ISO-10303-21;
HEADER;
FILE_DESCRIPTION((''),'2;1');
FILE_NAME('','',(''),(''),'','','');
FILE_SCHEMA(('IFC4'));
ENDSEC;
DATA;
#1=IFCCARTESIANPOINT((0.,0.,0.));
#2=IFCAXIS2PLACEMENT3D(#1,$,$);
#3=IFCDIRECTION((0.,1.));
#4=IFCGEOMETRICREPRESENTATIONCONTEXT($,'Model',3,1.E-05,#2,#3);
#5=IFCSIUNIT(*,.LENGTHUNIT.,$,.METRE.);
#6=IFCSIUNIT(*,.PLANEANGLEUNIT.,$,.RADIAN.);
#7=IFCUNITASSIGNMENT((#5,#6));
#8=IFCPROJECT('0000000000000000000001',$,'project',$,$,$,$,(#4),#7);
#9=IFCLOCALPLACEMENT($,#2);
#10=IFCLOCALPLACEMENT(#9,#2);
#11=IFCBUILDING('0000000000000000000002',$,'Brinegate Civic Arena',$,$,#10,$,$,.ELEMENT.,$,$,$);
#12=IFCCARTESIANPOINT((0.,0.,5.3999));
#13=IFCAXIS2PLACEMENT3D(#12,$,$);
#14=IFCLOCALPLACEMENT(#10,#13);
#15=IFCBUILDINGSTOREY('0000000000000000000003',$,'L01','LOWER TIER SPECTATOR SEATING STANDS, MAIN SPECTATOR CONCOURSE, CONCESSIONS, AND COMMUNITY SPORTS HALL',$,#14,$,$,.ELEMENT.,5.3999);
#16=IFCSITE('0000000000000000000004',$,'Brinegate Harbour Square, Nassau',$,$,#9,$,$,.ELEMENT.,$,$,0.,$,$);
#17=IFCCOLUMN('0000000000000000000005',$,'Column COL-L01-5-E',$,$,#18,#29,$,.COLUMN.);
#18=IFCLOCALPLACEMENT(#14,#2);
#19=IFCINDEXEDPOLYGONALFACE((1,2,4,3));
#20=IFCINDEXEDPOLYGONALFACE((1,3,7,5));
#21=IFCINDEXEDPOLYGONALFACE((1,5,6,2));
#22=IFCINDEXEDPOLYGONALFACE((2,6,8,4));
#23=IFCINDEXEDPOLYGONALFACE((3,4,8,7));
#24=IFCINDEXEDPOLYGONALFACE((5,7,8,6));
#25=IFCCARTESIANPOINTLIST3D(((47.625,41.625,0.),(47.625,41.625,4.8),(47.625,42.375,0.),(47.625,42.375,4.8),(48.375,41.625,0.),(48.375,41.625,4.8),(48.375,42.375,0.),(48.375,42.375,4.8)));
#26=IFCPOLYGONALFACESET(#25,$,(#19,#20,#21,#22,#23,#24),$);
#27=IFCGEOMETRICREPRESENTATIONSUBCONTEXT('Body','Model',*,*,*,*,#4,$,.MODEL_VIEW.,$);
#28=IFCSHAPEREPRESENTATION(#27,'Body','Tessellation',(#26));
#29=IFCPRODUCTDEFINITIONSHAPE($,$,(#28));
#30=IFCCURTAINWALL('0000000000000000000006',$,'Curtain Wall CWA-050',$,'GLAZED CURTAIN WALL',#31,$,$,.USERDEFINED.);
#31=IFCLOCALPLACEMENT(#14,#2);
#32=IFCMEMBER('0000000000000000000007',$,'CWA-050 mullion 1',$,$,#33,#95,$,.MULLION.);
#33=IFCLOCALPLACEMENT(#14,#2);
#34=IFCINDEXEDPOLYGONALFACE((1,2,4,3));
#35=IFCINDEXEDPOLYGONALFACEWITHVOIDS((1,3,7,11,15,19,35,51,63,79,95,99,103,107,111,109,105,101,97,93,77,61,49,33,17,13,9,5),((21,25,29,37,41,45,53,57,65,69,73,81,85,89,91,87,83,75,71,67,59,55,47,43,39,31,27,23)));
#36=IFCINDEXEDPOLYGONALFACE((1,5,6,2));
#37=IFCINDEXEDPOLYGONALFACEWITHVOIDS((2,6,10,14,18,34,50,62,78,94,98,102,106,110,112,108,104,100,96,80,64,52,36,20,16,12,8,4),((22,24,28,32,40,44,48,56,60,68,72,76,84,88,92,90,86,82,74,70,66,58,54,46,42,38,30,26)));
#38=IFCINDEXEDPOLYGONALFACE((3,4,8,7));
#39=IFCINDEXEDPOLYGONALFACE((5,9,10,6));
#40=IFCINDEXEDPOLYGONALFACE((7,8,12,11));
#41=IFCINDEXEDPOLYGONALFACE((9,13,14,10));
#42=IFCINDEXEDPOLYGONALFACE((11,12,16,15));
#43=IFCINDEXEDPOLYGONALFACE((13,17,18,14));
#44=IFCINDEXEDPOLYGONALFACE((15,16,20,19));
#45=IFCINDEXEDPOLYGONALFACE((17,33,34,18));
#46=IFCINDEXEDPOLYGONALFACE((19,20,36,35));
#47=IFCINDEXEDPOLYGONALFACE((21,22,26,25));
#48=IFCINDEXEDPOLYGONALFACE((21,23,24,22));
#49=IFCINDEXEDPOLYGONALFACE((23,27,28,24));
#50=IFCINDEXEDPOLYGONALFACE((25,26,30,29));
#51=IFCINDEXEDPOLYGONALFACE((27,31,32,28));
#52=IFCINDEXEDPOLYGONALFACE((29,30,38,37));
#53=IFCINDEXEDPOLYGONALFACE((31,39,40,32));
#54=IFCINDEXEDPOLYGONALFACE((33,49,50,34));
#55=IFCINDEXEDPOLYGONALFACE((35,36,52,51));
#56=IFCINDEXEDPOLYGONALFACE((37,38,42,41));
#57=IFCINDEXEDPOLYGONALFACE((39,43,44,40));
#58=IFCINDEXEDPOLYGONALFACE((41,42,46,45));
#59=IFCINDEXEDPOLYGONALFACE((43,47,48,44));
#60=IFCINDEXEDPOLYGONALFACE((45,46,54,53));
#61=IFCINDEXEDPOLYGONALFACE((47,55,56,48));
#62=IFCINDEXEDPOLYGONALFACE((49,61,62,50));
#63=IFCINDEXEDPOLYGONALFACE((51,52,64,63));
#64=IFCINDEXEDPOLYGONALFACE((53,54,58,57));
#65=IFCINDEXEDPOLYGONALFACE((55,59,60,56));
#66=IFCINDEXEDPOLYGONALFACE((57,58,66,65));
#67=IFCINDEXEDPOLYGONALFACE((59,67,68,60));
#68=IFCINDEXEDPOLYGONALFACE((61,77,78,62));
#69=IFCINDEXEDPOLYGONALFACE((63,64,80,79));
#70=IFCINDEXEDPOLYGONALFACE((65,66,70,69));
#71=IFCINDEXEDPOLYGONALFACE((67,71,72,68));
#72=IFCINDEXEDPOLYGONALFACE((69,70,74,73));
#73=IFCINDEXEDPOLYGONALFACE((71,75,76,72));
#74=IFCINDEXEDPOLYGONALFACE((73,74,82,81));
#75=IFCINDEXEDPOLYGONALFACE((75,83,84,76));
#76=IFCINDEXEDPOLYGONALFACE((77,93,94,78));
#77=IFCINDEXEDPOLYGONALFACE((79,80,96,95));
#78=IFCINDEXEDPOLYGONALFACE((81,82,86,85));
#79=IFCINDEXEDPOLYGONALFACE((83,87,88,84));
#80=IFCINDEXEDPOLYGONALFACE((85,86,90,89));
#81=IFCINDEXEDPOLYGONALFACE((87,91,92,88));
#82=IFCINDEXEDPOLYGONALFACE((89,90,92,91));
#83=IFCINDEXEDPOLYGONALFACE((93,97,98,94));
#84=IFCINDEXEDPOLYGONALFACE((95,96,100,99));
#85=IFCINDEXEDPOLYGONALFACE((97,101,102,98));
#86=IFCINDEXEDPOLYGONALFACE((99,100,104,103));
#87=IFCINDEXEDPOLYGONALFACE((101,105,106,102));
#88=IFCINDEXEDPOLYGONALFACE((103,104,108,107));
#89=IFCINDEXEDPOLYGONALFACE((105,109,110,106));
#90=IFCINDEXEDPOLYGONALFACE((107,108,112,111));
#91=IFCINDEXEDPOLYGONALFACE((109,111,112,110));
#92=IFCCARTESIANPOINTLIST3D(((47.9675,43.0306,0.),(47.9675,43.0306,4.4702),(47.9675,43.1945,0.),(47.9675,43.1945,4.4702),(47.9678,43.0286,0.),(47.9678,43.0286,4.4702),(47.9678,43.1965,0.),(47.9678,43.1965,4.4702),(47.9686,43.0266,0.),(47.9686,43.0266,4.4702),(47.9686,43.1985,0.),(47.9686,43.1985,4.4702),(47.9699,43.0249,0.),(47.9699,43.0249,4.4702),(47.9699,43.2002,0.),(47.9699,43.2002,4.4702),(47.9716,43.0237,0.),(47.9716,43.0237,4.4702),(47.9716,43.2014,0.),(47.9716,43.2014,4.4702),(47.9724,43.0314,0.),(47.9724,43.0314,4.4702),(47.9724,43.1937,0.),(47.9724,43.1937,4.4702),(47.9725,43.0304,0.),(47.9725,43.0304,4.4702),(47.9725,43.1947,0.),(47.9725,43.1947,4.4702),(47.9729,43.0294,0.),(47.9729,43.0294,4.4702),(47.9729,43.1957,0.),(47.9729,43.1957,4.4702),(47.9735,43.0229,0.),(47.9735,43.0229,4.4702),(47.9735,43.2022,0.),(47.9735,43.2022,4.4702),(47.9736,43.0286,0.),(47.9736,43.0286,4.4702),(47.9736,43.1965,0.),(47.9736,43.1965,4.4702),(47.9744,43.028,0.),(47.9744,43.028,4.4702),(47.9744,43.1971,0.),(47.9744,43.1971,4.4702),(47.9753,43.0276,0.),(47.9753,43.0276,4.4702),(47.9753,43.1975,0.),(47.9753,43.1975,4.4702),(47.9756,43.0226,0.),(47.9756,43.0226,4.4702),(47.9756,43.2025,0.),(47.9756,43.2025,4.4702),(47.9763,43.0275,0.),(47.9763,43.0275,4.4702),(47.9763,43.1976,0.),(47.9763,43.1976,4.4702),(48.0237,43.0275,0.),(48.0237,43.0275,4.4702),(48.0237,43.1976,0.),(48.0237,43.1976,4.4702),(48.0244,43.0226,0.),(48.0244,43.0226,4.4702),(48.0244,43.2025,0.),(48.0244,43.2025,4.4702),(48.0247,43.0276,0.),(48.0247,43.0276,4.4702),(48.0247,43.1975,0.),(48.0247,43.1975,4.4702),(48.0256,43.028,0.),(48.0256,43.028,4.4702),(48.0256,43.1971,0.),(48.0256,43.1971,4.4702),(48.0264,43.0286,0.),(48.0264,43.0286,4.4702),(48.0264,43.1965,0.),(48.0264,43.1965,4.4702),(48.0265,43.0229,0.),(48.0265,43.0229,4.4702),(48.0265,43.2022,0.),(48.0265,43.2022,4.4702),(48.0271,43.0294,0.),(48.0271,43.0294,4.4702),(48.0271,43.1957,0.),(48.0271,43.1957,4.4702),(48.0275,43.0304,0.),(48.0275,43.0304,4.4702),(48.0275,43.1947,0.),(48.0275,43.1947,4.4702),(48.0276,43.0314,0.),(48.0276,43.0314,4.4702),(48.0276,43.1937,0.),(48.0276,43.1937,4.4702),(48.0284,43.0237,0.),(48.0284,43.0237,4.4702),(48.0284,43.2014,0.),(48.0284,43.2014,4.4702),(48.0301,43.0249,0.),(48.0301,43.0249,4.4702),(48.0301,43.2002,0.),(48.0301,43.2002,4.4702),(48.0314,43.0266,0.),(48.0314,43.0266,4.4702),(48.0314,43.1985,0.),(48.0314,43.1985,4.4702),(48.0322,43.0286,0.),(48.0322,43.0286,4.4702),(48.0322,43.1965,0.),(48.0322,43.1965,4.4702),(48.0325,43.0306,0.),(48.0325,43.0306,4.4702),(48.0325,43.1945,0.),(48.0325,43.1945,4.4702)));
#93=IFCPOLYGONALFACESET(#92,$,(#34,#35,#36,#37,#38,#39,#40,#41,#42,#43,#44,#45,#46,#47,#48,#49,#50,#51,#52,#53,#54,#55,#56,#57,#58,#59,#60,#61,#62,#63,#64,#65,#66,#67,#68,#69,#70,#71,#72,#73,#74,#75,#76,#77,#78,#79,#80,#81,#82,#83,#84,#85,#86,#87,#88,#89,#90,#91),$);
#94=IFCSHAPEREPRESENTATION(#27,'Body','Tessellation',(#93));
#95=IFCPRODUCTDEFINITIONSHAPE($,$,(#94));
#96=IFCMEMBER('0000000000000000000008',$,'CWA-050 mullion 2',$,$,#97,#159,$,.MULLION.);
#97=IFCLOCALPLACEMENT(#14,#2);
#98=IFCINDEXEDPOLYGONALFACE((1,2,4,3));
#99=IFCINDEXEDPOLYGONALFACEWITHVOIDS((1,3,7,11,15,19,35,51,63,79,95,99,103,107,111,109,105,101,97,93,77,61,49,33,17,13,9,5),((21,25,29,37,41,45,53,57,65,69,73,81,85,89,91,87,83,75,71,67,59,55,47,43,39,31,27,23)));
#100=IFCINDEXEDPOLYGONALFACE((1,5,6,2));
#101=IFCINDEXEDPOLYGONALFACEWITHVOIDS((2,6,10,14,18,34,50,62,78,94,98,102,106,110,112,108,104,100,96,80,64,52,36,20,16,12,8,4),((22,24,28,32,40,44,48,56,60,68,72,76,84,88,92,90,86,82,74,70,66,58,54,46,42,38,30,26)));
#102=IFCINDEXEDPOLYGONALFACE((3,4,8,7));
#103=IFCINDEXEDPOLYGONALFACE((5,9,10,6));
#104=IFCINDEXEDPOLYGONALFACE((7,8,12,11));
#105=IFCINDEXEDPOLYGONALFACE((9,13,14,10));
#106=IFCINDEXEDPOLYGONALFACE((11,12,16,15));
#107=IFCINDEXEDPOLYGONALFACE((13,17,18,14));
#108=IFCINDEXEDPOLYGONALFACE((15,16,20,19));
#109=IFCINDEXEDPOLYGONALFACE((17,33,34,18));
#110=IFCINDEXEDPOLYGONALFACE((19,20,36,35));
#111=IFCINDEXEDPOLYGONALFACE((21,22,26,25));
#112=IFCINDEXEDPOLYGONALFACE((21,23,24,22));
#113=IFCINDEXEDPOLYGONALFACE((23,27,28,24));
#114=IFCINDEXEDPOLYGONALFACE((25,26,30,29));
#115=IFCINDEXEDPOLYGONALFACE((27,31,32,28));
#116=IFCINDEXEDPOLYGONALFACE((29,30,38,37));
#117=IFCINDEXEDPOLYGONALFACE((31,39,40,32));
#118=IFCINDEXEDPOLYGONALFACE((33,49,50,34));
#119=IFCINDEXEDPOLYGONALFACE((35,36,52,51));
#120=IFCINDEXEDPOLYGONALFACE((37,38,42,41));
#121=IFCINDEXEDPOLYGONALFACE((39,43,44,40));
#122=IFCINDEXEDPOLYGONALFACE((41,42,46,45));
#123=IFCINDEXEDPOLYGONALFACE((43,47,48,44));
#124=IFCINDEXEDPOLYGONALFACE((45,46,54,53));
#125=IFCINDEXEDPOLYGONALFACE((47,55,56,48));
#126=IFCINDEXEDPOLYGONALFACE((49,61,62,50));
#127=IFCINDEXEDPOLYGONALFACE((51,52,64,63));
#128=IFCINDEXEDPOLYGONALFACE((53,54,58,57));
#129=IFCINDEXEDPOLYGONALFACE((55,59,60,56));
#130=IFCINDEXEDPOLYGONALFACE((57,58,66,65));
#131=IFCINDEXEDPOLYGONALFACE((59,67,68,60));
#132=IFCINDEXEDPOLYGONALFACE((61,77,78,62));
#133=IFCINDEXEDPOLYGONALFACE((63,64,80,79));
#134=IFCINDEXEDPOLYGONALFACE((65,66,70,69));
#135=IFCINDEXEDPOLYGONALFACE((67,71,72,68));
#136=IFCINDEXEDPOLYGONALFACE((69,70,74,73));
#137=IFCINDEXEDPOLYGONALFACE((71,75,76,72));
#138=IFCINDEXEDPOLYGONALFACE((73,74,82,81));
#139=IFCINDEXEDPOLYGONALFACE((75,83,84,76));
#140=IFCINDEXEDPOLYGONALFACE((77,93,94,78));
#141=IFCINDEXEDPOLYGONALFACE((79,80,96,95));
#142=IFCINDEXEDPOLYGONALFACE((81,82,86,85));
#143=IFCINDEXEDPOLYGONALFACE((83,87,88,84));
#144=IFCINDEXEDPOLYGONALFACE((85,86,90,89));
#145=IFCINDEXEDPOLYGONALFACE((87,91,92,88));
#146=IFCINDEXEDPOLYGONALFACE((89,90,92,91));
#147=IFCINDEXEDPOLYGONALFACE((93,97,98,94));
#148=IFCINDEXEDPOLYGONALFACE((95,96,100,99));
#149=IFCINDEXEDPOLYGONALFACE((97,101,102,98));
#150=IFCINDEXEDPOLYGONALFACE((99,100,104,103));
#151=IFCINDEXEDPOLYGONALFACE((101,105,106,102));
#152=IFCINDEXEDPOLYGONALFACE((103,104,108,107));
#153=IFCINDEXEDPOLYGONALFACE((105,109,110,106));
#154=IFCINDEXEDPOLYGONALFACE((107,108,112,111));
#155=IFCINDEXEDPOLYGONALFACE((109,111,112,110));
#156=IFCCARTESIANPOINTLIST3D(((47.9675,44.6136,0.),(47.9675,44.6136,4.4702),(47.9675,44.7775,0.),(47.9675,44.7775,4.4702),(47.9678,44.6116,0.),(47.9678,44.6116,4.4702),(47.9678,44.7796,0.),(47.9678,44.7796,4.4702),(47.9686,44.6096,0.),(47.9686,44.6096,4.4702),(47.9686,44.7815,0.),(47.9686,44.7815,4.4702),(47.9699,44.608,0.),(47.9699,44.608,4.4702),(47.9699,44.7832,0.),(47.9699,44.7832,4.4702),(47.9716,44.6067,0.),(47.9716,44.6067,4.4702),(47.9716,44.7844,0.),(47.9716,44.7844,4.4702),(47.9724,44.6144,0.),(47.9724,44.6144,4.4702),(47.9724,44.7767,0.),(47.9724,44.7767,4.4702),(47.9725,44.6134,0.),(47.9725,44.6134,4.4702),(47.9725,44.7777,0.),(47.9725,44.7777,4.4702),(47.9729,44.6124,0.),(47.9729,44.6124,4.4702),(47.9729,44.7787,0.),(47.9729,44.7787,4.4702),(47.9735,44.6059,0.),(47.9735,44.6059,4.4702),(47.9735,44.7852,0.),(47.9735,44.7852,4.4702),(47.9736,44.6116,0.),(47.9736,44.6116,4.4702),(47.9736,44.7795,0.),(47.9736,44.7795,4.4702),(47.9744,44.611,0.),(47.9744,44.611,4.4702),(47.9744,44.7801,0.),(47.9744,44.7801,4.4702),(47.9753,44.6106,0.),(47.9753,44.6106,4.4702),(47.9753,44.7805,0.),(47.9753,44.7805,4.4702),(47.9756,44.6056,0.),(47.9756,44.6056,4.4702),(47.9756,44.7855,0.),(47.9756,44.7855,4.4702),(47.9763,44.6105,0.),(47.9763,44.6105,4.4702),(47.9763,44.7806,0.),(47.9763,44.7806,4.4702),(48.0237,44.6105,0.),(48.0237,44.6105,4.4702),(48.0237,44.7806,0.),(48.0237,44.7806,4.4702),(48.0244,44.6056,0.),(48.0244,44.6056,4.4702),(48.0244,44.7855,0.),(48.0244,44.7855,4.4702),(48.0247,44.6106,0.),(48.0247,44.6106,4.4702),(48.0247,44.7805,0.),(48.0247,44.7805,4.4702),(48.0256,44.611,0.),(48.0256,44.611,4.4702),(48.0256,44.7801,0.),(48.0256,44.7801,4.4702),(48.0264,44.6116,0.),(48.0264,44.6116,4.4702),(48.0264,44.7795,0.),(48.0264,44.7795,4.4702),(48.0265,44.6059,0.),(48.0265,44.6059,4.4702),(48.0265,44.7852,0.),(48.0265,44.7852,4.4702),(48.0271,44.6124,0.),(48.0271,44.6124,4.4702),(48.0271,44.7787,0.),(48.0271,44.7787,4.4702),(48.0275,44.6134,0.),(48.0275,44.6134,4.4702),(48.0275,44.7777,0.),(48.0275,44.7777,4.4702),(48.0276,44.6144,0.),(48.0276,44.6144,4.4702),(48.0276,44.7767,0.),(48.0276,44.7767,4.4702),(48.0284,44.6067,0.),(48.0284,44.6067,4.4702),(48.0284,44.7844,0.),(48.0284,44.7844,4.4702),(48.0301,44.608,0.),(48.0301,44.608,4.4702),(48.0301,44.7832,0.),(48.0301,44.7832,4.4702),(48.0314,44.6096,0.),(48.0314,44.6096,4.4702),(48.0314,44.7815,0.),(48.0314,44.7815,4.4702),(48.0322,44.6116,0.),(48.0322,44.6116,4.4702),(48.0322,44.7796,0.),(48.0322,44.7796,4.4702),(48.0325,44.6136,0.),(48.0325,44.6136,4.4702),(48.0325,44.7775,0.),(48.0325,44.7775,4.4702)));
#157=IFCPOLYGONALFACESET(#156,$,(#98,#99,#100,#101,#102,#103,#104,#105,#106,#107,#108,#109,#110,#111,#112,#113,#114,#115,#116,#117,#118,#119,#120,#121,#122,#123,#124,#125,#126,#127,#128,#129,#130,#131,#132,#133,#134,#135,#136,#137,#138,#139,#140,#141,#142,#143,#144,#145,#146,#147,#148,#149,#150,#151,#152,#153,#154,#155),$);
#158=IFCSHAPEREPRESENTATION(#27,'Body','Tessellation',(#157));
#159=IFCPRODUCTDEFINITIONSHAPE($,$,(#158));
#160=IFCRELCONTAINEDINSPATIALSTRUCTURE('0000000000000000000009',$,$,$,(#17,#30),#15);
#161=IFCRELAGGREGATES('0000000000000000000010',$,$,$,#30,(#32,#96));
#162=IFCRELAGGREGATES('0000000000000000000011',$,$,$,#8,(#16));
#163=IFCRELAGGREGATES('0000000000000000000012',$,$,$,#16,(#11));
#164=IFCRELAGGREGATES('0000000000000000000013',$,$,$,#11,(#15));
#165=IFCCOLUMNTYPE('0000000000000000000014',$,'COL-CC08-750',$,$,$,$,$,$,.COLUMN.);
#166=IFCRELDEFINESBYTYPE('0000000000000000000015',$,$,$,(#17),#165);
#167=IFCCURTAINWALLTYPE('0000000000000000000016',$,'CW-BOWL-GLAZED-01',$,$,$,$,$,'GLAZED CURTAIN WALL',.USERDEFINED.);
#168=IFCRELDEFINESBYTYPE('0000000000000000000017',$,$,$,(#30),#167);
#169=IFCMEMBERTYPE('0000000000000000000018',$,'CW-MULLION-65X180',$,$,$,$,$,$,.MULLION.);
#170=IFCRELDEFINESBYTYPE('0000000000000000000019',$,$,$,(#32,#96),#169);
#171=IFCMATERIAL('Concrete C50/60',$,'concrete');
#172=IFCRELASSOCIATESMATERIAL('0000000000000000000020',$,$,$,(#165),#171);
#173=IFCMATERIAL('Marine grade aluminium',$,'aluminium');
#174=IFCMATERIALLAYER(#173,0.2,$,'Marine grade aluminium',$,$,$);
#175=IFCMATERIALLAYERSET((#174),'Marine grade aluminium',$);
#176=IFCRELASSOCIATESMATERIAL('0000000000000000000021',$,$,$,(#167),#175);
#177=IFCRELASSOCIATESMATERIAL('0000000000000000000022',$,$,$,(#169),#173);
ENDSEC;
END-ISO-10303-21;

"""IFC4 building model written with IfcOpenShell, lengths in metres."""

from ifc_helpers import new_model, si_unit, direction, frame, origin, origin_2d, place, context, subcontext, project, spatial, rectangle, hollow_rectangle, extrude, material, layer, layer_set, material_profile, profile_set, type_object, element, aggregate, save


model = new_model("IFC4")

# Units and contexts
model_context = context("Model", 3, precision=1e-05, world=origin(), true_north=direction((0.0, 1.0)))
body_context = subcontext(model_context, "Body", "Model", "MODEL_VIEW")
ifc_project = project(units=[si_unit("LENGTHUNIT", "METRE"), si_unit("PLANEANGLEUNIT", "RADIAN")], contexts=[model_context])

# Site, building, storey
site_placement = place(None, origin())
site = spatial("IfcSite", under=ifc_project, at=site_placement, Name="Brinegate Harbour Square, Nassau", CompositionType="ELEMENT", RefElevation=0.0)
building_placement = place(site_placement, origin())
building = spatial("IfcBuilding", under=site, at=building_placement, Name="Brinegate Civic Arena", CompositionType="ELEMENT")
storey_placement = place(building_placement, frame((0.0, 0.0, 5.3999)))
storey = spatial("IfcBuildingStorey", under=building, at=storey_placement, Name="L01", Description="LOWER TIER SPECTATOR SEATING STANDS, MAIN SPECTATOR CONCOURSE, CONCESSIONS, AND COMMUNITY SPORTS HALL", CompositionType="ELEMENT", Elevation=5.3999)

# Column
ifc_material_1 = material(Name="Concrete C50/60", Category="concrete")
ifc_material_profile_1 = material_profile(ifc_material_1, rectangle(XDim=0.75, YDim=0.75, at=origin_2d()), Name="RC750X750")
ifc_profile_set_1 = profile_set([ifc_material_profile_1], Name="Concrete C50/60")
column_type = type_object("IfcColumnType", Name="COL-CC08-750", PredefinedType="COLUMN", material=ifc_profile_set_1)
column_placement = place(storey_placement, frame((48.0, 42.0, 0.0), z_axis=(0.0, 0.0, 1.0), x_axis=(1.0, 0.0, 0.0)))
element("IfcColumn", 1, at=column_placement, inside=storey, type_object=column_type, Name="Column COL-L01-5-E", PredefinedType="COLUMN", context=body_context, shape_type="SweptSolid", body=[
    extrude(rectangle(XDim=0.75, YDim=0.75, at=origin_2d()), origin(), (0.0, 0.0, 1.0), 4.8),
])

# Curtain wall, members
ifc_material_2 = material(Name="Marine grade aluminium", Category="aluminium")
ifc_layer_1 = layer(ifc_material_2, 0.2, Name="Marine grade aluminium")
ifc_layer_set_1 = layer_set([ifc_layer_1], Name="Marine grade aluminium")
curtain_wall_type = type_object("IfcCurtainWallType", Name="CW-BOWL-GLAZED-01", ElementType="GLAZED CURTAIN WALL", PredefinedType="USERDEFINED", material=ifc_layer_set_1)
curtain_wall_1_placement = place(storey_placement, origin())
curtain_wall_1 = element("IfcCurtainWall", 2, at=curtain_wall_1_placement, inside=storey, type_object=curtain_wall_type, Name="Curtain Wall CWA-050", ObjectType="GLAZED CURTAIN WALL", PredefinedType="USERDEFINED")
ifc_material_profile_2 = material_profile(ifc_material_2, hollow_rectangle(XDim=0.0649, YDim=0.1799, WallThickness=0.0049, InnerFilletRadius=0.0039, OuterFilletRadius=0.0081, at=origin_2d()), Name="MUL65X180")
ifc_profile_set_2 = profile_set([ifc_material_profile_2], Name="Marine grade aluminium")
member_type_1 = type_object("IfcMemberType", Name="CW-MULLION-65X180", PredefinedType="MULLION", material=ifc_profile_set_2)
member_1_placement = place(storey_placement, frame((48.0, 43.1125, 0.0), z_axis=(0.0, 0.0, 1.0), x_axis=(-1.0, 0.0, 0.0)))
member_1 = element("IfcMember", 3, at=member_1_placement, type_object=member_type_1, Name="CWA-050 mullion 1", PredefinedType="MULLION", context=body_context, shape_type="SweptSolid", body=[
    extrude(hollow_rectangle(XDim=0.0649, YDim=0.1799, WallThickness=0.0049, InnerFilletRadius=0.0039, OuterFilletRadius=0.0081, at=origin_2d()), origin(), (0.0, 0.0, 1.0), 4.4702),
])
member_2_placement = place(storey_placement, frame((48.0, 44.6956, 0.0), z_axis=(0.0, 0.0, 1.0), x_axis=(-1.0, 0.0, 0.0)))
member_2 = element("IfcMember", 4, at=member_2_placement, type_object=member_type_1, Name="CWA-050 mullion 2", PredefinedType="MULLION", context=body_context, shape_type="SweptSolid", body=[
    extrude(hollow_rectangle(XDim=0.0649, YDim=0.1799, WallThickness=0.0049, InnerFilletRadius=0.0039, OuterFilletRadius=0.0081, at=origin_2d()), origin(), (0.0, 0.0, 1.0), 4.4702),
])

aggregate(curtain_wall_1, [member_1, member_2])

save(model, "model.ifc")
